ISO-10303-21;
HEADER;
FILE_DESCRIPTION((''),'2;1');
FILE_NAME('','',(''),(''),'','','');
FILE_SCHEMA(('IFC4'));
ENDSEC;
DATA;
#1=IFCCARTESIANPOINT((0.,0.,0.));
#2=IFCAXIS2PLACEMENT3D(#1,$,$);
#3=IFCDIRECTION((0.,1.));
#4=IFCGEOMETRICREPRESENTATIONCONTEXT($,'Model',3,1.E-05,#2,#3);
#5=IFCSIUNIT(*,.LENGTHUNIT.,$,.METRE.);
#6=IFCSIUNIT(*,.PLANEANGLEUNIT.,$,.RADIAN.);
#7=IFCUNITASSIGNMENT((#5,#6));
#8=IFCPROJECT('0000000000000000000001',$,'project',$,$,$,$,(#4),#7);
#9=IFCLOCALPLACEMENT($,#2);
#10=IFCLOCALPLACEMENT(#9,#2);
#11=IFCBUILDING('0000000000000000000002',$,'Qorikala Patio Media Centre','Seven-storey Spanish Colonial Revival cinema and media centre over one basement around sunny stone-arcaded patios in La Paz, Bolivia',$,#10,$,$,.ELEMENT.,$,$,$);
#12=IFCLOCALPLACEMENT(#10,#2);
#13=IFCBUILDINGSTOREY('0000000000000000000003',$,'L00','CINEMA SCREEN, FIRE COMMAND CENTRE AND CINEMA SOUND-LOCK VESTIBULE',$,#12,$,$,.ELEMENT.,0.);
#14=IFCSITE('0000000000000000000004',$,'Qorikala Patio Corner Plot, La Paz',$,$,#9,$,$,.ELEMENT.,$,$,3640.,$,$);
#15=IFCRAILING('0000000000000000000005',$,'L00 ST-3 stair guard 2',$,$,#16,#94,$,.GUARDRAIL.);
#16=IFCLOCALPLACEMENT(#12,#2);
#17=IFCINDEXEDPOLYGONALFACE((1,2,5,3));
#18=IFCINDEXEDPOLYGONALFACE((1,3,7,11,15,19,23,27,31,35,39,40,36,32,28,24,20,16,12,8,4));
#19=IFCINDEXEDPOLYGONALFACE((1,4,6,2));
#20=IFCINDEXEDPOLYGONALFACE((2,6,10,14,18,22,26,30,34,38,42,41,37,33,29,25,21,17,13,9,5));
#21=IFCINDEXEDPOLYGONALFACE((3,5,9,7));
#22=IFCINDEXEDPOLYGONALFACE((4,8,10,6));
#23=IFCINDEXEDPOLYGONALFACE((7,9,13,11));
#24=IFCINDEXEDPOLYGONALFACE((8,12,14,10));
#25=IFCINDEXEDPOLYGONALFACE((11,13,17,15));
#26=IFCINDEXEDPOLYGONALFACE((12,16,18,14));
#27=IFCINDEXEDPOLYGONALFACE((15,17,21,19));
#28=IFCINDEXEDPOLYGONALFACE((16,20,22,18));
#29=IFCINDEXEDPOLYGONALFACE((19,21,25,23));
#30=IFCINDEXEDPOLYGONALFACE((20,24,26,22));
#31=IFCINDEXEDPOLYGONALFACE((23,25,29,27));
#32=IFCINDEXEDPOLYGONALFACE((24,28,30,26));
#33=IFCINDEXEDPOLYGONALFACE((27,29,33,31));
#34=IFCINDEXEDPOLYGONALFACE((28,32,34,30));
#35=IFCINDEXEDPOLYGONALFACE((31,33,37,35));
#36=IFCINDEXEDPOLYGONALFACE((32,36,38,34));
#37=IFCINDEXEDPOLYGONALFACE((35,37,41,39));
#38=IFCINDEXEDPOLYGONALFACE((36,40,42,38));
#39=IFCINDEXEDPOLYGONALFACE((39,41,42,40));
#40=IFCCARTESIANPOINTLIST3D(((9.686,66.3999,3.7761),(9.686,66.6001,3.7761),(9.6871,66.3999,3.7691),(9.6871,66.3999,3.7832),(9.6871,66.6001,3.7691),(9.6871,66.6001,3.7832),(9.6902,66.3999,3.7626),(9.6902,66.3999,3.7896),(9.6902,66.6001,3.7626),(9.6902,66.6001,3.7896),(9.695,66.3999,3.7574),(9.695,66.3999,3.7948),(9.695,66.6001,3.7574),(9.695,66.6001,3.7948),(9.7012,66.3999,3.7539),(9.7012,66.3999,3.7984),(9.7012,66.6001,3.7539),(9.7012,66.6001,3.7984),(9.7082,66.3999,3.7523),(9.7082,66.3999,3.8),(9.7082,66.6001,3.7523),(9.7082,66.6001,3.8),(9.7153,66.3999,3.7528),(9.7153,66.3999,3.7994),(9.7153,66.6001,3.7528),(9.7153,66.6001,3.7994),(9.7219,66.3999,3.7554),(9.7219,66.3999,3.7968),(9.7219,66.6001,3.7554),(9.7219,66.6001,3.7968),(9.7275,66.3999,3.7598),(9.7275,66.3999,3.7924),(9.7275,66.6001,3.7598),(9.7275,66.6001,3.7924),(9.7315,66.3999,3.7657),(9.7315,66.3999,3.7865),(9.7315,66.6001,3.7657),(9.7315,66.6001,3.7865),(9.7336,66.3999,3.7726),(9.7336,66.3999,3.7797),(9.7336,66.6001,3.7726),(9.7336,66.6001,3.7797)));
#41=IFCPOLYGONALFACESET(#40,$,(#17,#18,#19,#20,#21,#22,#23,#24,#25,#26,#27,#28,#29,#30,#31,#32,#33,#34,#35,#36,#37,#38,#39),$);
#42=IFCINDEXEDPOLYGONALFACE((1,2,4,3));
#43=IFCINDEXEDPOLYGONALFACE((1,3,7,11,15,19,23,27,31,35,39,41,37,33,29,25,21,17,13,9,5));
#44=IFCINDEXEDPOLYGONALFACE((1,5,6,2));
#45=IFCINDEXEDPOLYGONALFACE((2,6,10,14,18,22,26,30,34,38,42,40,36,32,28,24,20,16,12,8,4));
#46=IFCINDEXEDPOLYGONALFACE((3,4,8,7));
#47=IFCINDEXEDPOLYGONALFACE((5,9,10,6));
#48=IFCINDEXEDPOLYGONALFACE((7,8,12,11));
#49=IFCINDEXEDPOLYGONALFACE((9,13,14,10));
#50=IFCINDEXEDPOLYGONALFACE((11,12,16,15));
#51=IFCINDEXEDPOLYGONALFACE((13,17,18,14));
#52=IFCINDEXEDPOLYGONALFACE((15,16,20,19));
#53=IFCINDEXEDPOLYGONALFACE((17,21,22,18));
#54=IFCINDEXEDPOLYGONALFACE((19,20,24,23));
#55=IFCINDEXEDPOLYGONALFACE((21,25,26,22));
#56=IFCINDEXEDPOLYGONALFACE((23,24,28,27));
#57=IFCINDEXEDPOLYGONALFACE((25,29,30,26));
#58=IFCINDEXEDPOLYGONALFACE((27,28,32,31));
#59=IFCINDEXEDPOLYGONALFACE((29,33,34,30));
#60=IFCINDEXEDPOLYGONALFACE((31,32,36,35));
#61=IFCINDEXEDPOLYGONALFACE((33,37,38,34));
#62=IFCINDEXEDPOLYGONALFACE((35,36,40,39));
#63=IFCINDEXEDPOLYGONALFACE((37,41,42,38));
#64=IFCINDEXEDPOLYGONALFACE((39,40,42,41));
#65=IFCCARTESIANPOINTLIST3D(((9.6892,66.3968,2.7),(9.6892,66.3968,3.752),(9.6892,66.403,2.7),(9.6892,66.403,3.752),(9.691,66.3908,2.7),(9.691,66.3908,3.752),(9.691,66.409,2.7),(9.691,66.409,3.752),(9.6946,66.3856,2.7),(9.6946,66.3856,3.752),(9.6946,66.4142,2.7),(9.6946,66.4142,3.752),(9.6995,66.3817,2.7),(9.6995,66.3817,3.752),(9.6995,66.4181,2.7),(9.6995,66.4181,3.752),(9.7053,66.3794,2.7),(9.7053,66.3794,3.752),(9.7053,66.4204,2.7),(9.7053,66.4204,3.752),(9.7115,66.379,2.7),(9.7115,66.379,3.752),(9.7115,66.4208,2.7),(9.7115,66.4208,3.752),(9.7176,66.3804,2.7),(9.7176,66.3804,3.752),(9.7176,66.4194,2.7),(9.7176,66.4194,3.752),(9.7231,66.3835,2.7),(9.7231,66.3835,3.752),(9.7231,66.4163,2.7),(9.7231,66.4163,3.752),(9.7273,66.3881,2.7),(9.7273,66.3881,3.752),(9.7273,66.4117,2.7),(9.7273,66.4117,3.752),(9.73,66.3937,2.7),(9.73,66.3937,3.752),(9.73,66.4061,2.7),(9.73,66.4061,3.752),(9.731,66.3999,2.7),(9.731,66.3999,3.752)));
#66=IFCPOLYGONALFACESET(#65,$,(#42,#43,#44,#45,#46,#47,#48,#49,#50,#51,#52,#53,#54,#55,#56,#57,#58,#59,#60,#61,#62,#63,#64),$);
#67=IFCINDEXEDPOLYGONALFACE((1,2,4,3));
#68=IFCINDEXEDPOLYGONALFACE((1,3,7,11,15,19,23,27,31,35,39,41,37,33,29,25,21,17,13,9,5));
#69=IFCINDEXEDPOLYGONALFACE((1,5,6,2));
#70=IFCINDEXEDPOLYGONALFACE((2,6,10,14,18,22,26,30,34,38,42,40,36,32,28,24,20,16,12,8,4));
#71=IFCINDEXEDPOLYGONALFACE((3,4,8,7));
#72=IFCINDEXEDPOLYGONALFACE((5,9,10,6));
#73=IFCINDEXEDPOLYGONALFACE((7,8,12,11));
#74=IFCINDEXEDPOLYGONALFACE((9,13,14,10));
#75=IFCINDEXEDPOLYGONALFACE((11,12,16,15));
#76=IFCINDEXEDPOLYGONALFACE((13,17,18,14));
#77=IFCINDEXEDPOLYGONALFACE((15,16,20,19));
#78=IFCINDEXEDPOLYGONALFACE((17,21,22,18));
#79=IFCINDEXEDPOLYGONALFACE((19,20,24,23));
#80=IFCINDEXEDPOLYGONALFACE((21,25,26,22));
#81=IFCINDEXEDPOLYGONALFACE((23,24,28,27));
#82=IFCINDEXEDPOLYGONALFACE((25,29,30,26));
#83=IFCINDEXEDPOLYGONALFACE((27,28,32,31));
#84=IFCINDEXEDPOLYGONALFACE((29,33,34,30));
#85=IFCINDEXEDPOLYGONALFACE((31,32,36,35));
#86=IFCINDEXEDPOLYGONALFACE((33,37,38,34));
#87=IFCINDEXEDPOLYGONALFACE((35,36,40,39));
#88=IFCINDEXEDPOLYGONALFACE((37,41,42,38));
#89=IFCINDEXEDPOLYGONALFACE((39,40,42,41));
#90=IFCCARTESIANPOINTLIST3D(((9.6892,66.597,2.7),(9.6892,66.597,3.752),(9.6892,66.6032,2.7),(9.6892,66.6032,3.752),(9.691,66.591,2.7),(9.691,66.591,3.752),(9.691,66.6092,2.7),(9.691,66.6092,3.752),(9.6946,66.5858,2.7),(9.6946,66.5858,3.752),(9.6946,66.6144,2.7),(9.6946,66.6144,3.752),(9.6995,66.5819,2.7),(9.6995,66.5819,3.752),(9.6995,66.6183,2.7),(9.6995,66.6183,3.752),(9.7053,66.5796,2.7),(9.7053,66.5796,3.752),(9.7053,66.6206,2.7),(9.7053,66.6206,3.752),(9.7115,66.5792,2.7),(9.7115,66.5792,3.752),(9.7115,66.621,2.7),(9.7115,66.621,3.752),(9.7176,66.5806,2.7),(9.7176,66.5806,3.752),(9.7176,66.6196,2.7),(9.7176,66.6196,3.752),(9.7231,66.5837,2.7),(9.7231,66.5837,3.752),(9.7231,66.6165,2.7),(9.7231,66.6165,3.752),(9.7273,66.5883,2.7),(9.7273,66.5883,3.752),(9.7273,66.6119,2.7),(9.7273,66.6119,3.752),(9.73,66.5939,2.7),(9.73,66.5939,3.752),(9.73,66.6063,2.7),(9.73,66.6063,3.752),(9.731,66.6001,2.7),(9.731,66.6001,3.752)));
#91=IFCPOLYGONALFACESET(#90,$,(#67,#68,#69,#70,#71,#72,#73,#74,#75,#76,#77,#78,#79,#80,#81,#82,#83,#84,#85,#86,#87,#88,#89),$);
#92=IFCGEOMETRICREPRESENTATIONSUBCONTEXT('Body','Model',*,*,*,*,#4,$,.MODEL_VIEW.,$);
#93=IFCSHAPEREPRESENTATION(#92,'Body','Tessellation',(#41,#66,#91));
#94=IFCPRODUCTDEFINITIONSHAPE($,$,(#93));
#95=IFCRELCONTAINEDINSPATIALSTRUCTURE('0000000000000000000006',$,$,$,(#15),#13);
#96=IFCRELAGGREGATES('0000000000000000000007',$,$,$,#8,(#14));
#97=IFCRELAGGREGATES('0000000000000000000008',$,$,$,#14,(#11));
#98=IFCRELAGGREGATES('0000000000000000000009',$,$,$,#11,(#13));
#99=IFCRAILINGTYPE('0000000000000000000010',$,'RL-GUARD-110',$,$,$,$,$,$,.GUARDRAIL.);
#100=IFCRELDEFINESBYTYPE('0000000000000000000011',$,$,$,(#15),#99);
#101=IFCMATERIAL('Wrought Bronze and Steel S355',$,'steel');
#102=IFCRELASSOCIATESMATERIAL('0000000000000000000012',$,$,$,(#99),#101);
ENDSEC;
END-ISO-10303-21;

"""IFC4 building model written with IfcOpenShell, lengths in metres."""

from ifc_helpers import new_model, si_unit, direction, frame, origin, origin_2d, place, context, subcontext, project, spatial, circle, extrude, material, type_object, element, save


model = new_model("IFC4")

# Units and contexts
model_context = context("Model", 3, precision=1e-05, world=origin(), true_north=direction((0.0, 1.0)))
body_context = subcontext(model_context, "Body", "Model", "MODEL_VIEW")
ifc_project = project(units=[si_unit("LENGTHUNIT", "METRE"), si_unit("PLANEANGLEUNIT", "RADIAN")], contexts=[model_context])

# Site, building, storey
site_placement = place(None, origin())
site = spatial("IfcSite", under=ifc_project, at=site_placement, Name="Qorikala Patio Corner Plot, La Paz", CompositionType="ELEMENT", RefElevation=3640.0)
building_placement = place(site_placement, origin())
building = spatial("IfcBuilding", under=site, at=building_placement, Name="Qorikala Patio Media Centre", Description="Seven-storey Spanish Colonial Revival cinema and media centre over one basement around sunny stone-arcaded patios in La Paz, Bolivia", CompositionType="ELEMENT")
storey_placement = place(building_placement, origin())
storey = spatial("IfcBuildingStorey", under=building, at=storey_placement, Name="L00", Description="CINEMA SCREEN, FIRE COMMAND CENTRE AND CINEMA SOUND-LOCK VESTIBULE", CompositionType="ELEMENT", Elevation=0.0)

# Railing
ifc_material_1 = material(Name="Wrought Bronze and Steel S355", Category="steel")
railing_type_1 = type_object("IfcRailingType", Name="RL-GUARD-110", PredefinedType="GUARDRAIL", material=ifc_material_1)
railing_1_placement = place(storey_placement, frame((9.71, 66.3999, 2.7)))
element("IfcRailing", 1, at=railing_1_placement, inside=storey, type_object=railing_type_1, Name="L00 ST-3 stair guard 2", PredefinedType="GUARDRAIL", context=body_context, shape_type="SweptSolid", body=[
    extrude(circle(Radius=0.0239, at=origin_2d()), frame((0.0, 0.0, 1.0762), z_axis=(0.0, 1.0, 0.0), x_axis=(-1.0, 0.0, 0.0)), (0.0, 0.0, 1.0), 0.2002),
    extrude(circle(Radius=0.021, at=origin_2d()), origin(), (0.0, 0.0, 1.0), 1.052),
    extrude(circle(Radius=0.021, at=origin_2d()), frame((0.0, 0.2002, 0.0)), (0.0, 0.0, 1.0), 1.052),
])

save(model, "model.ifc")
